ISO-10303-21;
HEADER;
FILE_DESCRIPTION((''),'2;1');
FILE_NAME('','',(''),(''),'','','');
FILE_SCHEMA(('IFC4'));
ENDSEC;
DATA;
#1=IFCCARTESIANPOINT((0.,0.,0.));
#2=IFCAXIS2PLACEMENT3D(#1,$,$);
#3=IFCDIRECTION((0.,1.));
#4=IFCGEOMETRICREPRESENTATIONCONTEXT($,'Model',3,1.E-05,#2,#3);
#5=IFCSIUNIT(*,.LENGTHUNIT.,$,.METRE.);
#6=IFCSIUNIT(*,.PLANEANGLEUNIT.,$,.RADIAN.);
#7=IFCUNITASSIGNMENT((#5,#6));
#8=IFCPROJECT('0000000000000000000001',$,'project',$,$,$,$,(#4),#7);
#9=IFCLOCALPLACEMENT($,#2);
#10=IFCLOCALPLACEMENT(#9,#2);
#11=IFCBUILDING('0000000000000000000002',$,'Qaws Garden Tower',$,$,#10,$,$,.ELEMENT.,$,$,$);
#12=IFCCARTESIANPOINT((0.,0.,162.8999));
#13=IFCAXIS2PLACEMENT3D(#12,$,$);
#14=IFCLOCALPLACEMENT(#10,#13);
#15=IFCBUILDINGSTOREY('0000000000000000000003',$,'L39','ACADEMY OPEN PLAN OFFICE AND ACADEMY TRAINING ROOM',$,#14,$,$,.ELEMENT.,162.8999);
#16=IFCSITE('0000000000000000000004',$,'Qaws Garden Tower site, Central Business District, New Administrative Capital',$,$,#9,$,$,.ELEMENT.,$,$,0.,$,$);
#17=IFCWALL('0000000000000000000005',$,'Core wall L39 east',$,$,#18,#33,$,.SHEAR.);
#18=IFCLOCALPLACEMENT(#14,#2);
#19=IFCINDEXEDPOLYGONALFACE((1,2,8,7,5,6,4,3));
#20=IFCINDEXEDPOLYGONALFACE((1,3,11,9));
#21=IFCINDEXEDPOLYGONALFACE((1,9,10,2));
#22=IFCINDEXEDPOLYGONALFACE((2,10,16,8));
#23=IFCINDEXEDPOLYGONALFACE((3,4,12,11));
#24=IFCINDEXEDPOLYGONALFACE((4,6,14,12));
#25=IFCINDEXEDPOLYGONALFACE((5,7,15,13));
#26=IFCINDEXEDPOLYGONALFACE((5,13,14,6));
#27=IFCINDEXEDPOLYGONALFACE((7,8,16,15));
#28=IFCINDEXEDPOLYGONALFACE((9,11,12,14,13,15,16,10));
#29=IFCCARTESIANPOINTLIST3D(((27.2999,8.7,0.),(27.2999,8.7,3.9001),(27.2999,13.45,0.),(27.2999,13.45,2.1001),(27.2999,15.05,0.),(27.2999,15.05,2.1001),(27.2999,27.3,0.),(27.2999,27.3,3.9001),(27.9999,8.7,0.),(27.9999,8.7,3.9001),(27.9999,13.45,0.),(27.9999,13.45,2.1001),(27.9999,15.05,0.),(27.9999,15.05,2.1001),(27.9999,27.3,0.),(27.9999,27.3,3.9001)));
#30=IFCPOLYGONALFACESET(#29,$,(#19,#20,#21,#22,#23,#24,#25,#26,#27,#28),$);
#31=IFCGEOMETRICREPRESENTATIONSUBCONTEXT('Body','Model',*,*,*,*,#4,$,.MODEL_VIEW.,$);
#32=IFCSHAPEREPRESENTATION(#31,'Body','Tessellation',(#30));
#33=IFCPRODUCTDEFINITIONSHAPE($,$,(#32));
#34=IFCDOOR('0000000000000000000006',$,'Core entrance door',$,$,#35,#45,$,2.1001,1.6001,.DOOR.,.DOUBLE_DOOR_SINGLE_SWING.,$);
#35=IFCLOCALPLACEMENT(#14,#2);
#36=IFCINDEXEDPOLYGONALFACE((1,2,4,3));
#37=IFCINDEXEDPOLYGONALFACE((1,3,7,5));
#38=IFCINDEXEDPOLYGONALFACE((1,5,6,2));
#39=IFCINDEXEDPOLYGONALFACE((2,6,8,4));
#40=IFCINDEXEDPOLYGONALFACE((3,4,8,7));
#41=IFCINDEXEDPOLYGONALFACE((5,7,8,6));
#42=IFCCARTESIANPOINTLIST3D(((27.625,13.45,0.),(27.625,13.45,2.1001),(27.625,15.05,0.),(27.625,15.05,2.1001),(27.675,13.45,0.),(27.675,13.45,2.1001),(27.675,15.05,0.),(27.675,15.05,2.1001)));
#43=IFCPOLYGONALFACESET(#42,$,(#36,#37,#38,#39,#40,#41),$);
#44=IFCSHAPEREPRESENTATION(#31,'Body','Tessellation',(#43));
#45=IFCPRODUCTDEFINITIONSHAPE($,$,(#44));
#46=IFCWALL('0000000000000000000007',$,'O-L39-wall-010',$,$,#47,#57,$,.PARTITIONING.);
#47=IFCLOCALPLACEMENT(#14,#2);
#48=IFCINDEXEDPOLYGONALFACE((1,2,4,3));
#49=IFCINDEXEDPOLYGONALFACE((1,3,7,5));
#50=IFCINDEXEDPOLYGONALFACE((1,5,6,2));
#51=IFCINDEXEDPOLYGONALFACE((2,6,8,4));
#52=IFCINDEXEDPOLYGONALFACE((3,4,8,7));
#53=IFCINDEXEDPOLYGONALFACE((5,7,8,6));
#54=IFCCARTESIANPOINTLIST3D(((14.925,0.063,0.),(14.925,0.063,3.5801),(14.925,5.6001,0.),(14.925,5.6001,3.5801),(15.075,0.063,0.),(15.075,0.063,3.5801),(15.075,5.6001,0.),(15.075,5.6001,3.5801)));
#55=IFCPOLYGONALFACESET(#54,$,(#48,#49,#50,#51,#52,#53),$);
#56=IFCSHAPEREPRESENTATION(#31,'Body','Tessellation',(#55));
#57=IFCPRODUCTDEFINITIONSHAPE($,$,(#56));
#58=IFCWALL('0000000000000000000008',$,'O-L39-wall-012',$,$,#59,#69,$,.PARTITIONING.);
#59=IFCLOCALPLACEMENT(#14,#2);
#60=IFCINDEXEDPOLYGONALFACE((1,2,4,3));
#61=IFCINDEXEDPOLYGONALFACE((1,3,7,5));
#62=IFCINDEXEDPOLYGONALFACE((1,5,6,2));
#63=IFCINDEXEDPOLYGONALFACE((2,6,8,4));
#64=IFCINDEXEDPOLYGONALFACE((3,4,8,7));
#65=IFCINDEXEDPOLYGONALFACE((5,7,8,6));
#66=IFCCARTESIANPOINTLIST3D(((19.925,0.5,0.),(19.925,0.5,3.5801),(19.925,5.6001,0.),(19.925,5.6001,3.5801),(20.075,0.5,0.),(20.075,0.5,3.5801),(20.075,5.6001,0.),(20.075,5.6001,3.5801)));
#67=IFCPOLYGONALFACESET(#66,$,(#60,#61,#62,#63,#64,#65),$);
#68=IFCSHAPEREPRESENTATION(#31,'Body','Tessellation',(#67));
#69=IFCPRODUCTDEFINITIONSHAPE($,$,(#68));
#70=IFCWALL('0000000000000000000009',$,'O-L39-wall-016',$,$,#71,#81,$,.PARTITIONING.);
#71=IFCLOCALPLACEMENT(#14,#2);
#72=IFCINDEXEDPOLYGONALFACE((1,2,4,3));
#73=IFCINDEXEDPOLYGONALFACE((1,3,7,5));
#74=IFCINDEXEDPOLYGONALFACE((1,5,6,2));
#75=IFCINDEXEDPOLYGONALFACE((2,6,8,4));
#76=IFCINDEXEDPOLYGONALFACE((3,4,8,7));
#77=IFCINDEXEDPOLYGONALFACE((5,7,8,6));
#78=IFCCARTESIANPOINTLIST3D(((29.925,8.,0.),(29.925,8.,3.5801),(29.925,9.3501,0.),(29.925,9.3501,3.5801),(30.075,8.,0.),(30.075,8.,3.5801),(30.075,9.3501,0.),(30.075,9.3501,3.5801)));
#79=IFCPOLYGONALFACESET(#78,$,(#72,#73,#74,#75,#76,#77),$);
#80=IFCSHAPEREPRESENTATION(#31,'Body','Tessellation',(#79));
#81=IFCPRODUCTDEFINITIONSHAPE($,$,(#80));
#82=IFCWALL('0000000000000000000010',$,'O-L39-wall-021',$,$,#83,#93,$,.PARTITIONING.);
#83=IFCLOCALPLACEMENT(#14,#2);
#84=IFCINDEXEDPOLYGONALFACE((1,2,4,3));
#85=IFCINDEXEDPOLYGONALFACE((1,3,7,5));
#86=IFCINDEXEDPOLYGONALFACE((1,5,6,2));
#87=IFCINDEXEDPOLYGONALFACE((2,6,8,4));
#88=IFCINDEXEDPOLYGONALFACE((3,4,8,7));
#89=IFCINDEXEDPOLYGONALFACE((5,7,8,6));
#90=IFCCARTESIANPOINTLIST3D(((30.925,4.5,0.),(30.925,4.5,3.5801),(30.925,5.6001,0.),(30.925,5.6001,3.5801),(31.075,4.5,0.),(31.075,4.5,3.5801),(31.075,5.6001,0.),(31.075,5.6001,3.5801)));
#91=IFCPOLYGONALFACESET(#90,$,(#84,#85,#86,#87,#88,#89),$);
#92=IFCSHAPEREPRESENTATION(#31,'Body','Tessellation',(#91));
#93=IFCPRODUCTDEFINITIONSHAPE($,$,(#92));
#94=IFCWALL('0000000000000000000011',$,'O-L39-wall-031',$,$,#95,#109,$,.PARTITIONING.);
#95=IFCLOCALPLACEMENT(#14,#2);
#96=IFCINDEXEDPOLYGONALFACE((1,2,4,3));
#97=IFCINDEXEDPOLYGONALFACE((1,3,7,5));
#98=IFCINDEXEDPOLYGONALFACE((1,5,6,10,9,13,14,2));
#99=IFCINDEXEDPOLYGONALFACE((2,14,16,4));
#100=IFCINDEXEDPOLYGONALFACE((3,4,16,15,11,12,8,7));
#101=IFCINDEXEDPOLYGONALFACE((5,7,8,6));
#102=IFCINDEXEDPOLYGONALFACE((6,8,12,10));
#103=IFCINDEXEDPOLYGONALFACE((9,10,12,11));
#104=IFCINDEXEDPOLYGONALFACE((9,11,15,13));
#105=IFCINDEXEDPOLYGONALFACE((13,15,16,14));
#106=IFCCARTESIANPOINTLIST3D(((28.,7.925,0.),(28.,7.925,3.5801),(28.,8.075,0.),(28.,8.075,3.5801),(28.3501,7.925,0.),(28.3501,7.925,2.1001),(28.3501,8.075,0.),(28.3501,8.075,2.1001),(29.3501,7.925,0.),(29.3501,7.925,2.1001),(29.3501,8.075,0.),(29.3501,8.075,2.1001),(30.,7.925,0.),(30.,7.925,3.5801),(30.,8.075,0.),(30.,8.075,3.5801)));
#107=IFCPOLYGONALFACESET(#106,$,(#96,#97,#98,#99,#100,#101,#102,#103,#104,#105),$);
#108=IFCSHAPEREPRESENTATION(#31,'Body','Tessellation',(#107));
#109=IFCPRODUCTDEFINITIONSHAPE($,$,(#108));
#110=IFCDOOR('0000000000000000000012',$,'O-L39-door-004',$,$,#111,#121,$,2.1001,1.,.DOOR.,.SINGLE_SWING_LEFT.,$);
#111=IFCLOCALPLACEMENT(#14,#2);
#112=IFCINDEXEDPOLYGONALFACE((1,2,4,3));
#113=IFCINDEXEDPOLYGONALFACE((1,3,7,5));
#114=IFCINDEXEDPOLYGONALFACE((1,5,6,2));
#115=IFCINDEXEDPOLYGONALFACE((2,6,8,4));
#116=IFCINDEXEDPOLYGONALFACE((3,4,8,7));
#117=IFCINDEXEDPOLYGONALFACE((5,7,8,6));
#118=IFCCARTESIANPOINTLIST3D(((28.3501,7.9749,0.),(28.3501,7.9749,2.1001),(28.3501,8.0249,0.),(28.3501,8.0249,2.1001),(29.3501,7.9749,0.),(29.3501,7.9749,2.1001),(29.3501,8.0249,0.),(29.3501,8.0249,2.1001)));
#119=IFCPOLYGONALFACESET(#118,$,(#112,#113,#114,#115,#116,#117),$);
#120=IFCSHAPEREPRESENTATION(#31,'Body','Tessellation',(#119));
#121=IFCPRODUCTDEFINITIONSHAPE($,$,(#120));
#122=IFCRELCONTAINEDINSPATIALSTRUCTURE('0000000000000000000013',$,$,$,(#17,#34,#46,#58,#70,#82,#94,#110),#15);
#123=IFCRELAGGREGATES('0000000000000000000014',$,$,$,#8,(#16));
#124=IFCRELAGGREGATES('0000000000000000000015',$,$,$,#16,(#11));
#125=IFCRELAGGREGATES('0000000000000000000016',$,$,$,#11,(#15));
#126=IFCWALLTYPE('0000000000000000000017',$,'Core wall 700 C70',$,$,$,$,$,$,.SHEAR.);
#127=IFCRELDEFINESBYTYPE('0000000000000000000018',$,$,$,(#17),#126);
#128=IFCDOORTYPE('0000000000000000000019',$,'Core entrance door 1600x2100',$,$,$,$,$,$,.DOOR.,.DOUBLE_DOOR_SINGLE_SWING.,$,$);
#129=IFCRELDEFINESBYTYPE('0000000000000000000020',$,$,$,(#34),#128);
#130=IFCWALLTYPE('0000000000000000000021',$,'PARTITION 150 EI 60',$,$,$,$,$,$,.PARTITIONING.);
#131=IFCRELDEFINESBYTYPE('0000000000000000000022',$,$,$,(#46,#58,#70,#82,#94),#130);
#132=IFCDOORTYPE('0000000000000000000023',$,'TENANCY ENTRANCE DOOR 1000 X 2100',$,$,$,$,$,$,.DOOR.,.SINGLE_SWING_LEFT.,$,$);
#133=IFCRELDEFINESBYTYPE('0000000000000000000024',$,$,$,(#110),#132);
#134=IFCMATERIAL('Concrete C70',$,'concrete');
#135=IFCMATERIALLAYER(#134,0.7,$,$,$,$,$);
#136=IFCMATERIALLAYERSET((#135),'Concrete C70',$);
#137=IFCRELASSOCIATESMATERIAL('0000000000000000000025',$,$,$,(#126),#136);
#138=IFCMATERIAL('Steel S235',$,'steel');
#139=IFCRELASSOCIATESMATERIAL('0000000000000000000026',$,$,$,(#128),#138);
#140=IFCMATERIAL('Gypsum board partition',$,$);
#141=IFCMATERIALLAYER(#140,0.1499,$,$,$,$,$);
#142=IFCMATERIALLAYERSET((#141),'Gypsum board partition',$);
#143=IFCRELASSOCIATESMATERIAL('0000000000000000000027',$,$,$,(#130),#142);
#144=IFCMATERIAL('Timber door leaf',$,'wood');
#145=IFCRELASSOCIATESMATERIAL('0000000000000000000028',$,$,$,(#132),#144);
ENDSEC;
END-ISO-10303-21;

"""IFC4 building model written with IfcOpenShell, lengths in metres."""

from ifc_helpers import new_model, si_unit, direction, frame, frame_2d, origin, place, context, subcontext, project, spatial, rectangle, extrude, material, layer, layer_set, type_object, element, fill, save


model = new_model("IFC4")

# Units and contexts
model_context = context("Model", 3, precision=1e-05, world=origin(), true_north=direction((0.0, 1.0)))
body_context = subcontext(model_context, "Body", "Model", "MODEL_VIEW")
ifc_project = project(units=[si_unit("LENGTHUNIT", "METRE"), si_unit("PLANEANGLEUNIT", "RADIAN")], contexts=[model_context])

# Site, building, storey
site_placement = place(None, origin())
site = spatial("IfcSite", under=ifc_project, at=site_placement, Name="Qaws Garden Tower site, Central Business District, New Administrative Capital", CompositionType="ELEMENT", RefElevation=0.0)
building_placement = place(site_placement, origin())
building = spatial("IfcBuilding", under=site, at=building_placement, Name="Qaws Garden Tower", CompositionType="ELEMENT")
storey_placement = place(building_placement, frame((0.0, 0.0, 162.8999)))
storey = spatial("IfcBuildingStorey", under=building, at=storey_placement, Name="L39", Description="ACADEMY OPEN PLAN OFFICE AND ACADEMY TRAINING ROOM", CompositionType="ELEMENT", Elevation=162.8999)

# Wall, opening, door
ifc_material_1 = material(Name="Concrete C70", Category="concrete")
ifc_layer_1 = layer(ifc_material_1, 0.7)
ifc_layer_set_1 = layer_set([ifc_layer_1], Name="Concrete C70")
wall_type_1 = type_object("IfcWallType", Name="Core wall 700 C70", PredefinedType="SHEAR", material=ifc_layer_set_1)
wall_1_placement = place(storey_placement, frame((27.6499, 8.7, 0.0), z_axis=(0.0, 0.0, 1.0), x_axis=(0.0, 1.0, 0.0)))
wall_1 = element("IfcWall", 1, at=wall_1_placement, inside=storey, type_object=wall_type_1, Name="Core wall L39 east", PredefinedType="SHEAR", context=body_context, shape_type="SweptSolid", body=[
    extrude(rectangle(XDim=18.6001, YDim=0.7, at=frame_2d((9.3, 0.0))), origin(), (0.0, 0.0, 1.0), 3.9001),
])
opening_1_placement = place(wall_1_placement, frame((4.75, 0.0, 0.0)))
opening_1 = element("IfcOpeningElement", 2, at=opening_1_placement, cuts=wall_1, PredefinedType="OPENING", context=body_context, shape_type="SweptSolid", body=[
    extrude(rectangle(XDim=1.6001, YDim=2.1001, at=frame_2d((0.8, 1.05))), frame((0.0, 0.3599, 0.0), z_axis=(0.0, -1.0, 0.0), x_axis=(1.0, 0.0, 0.0)), (0.0, 0.0, 1.0), 0.72),
])
ifc_material_2 = material(Name="Steel S235", Category="steel")
door_type_1 = type_object("IfcDoorType", Name="Core entrance door 1600x2100", OperationType="DOUBLE_DOOR_SINGLE_SWING", PredefinedType="DOOR", material=ifc_material_2)
door_1_placement = place(opening_1_placement, origin())
door_1 = element("IfcDoor", 3, at=door_1_placement, inside=storey, type_object=door_type_1, Name="Core entrance door", OperationType="DOUBLE_DOOR_SINGLE_SWING", OverallHeight=2.1001, OverallWidth=1.6001, PredefinedType="DOOR", context=body_context, shape_type="SweptSolid", body=[
    extrude(rectangle(XDim=1.6001, YDim=2.1001, at=frame_2d((0.8, 1.05))), frame((0.0, 0.0249, 0.0), z_axis=(0.0, -1.0, 0.0), x_axis=(1.0, 0.0, 0.0)), (0.0, 0.0, 1.0), 0.05),
])
fill(opening_1, door_1)

# Walls
ifc_material_3 = material(Name="Gypsum board partition")
ifc_layer_2 = layer(ifc_material_3, 0.1499)
ifc_layer_set_2 = layer_set([ifc_layer_2], Name="Gypsum board partition")
wall_type_2 = type_object("IfcWallType", Name="PARTITION 150 EI 60", PredefinedType="PARTITIONING", material=ifc_layer_set_2)
wall_2_placement = place(storey_placement, frame((15.0, 0.063, 0.0), z_axis=(0.0, 0.0, 1.0), x_axis=(0.0, 1.0, 0.0)))
element("IfcWall", 4, at=wall_2_placement, inside=storey, type_object=wall_type_2, Name="O-L39-wall-010", PredefinedType="PARTITIONING", context=body_context, shape_type="SweptSolid", body=[
    extrude(rectangle(XDim=5.5371, YDim=0.1499, at=frame_2d((2.7686, 0.0))), origin(), (0.0, 0.0, 1.0), 3.5801),
])
wall_3_placement = place(storey_placement, frame((20.0, 0.5, 0.0), z_axis=(0.0, 0.0, 1.0), x_axis=(0.0, 1.0, 0.0)))
element("IfcWall", 5, at=wall_3_placement, inside=storey, type_object=wall_type_2, Name="O-L39-wall-012", PredefinedType="PARTITIONING", context=body_context, shape_type="SweptSolid", body=[
    extrude(rectangle(XDim=5.1001, YDim=0.1499, at=frame_2d((2.55, 0.0))), origin(), (0.0, 0.0, 1.0), 3.5801),
])
wall_4_placement = place(storey_placement, frame((30.0, 8.0, 0.0), z_axis=(0.0, 0.0, 1.0), x_axis=(0.0, 1.0, 0.0)))
element("IfcWall", 6, at=wall_4_placement, inside=storey, type_object=wall_type_2, Name="O-L39-wall-016", PredefinedType="PARTITIONING", context=body_context, shape_type="SweptSolid", body=[
    extrude(rectangle(XDim=1.3501, YDim=0.1499, at=frame_2d((0.675, 0.0))), origin(), (0.0, 0.0, 1.0), 3.5801),
])
wall_5_placement = place(storey_placement, frame((31.0, 4.5, 0.0), z_axis=(0.0, 0.0, 1.0), x_axis=(0.0, 1.0, 0.0)))
element("IfcWall", 7, at=wall_5_placement, inside=storey, type_object=wall_type_2, Name="O-L39-wall-021", PredefinedType="PARTITIONING", context=body_context, shape_type="SweptSolid", body=[
    extrude(rectangle(XDim=1.1001, YDim=0.1499, at=frame_2d((0.55, 0.0))), origin(), (0.0, 0.0, 1.0), 3.5801),
])

# Wall, opening, door
wall_6_placement = place(storey_placement, frame((28.0, 8.0, 0.0), z_axis=(0.0, 0.0, 1.0), x_axis=(1.0, 0.0, 0.0)))
wall_6 = element("IfcWall", 8, at=wall_6_placement, inside=storey, type_object=wall_type_2, Name="O-L39-wall-031", PredefinedType="PARTITIONING", context=body_context, shape_type="SweptSolid", body=[
    extrude(rectangle(XDim=2.0, YDim=0.1499, at=frame_2d((1.0, 0.0))), origin(), (0.0, 0.0, 1.0), 3.5801),
])
opening_2_placement = place(wall_6_placement, frame((0.3501, 0.0, 0.0)))
opening_2 = element("IfcOpeningElement", 9, at=opening_2_placement, cuts=wall_6, PredefinedType="OPENING", context=body_context, shape_type="SweptSolid", body=[
    extrude(rectangle(XDim=1.0, YDim=2.1001, at=frame_2d((0.5, 1.05))), frame((0.0, 0.085, 0.0), z_axis=(0.0, -1.0, 0.0), x_axis=(1.0, 0.0, 0.0)), (0.0, 0.0, 1.0), 0.1699),
])
ifc_material_4 = material(Name="Timber door leaf", Category="wood")
door_type_2 = type_object("IfcDoorType", Name="TENANCY ENTRANCE DOOR 1000 X 2100", OperationType="SINGLE_SWING_LEFT", PredefinedType="DOOR", material=ifc_material_4)
door_2_placement = place(opening_2_placement, origin())
door_2 = element("IfcDoor", 10, at=door_2_placement, inside=storey, type_object=door_type_2, Name="O-L39-door-004", OperationType="SINGLE_SWING_LEFT", OverallHeight=2.1001, OverallWidth=1.0, PredefinedType="DOOR", context=body_context, shape_type="SweptSolid", body=[
    extrude(rectangle(XDim=1.0, YDim=2.1001, at=frame_2d((0.5, 1.05))), frame((0.0, 0.0249, 0.0), z_axis=(0.0, -1.0, 0.0), x_axis=(1.0, 0.0, 0.0)), (0.0, 0.0, 1.0), 0.05),
])
fill(opening_2, door_2)

save(model, "model.ifc")
